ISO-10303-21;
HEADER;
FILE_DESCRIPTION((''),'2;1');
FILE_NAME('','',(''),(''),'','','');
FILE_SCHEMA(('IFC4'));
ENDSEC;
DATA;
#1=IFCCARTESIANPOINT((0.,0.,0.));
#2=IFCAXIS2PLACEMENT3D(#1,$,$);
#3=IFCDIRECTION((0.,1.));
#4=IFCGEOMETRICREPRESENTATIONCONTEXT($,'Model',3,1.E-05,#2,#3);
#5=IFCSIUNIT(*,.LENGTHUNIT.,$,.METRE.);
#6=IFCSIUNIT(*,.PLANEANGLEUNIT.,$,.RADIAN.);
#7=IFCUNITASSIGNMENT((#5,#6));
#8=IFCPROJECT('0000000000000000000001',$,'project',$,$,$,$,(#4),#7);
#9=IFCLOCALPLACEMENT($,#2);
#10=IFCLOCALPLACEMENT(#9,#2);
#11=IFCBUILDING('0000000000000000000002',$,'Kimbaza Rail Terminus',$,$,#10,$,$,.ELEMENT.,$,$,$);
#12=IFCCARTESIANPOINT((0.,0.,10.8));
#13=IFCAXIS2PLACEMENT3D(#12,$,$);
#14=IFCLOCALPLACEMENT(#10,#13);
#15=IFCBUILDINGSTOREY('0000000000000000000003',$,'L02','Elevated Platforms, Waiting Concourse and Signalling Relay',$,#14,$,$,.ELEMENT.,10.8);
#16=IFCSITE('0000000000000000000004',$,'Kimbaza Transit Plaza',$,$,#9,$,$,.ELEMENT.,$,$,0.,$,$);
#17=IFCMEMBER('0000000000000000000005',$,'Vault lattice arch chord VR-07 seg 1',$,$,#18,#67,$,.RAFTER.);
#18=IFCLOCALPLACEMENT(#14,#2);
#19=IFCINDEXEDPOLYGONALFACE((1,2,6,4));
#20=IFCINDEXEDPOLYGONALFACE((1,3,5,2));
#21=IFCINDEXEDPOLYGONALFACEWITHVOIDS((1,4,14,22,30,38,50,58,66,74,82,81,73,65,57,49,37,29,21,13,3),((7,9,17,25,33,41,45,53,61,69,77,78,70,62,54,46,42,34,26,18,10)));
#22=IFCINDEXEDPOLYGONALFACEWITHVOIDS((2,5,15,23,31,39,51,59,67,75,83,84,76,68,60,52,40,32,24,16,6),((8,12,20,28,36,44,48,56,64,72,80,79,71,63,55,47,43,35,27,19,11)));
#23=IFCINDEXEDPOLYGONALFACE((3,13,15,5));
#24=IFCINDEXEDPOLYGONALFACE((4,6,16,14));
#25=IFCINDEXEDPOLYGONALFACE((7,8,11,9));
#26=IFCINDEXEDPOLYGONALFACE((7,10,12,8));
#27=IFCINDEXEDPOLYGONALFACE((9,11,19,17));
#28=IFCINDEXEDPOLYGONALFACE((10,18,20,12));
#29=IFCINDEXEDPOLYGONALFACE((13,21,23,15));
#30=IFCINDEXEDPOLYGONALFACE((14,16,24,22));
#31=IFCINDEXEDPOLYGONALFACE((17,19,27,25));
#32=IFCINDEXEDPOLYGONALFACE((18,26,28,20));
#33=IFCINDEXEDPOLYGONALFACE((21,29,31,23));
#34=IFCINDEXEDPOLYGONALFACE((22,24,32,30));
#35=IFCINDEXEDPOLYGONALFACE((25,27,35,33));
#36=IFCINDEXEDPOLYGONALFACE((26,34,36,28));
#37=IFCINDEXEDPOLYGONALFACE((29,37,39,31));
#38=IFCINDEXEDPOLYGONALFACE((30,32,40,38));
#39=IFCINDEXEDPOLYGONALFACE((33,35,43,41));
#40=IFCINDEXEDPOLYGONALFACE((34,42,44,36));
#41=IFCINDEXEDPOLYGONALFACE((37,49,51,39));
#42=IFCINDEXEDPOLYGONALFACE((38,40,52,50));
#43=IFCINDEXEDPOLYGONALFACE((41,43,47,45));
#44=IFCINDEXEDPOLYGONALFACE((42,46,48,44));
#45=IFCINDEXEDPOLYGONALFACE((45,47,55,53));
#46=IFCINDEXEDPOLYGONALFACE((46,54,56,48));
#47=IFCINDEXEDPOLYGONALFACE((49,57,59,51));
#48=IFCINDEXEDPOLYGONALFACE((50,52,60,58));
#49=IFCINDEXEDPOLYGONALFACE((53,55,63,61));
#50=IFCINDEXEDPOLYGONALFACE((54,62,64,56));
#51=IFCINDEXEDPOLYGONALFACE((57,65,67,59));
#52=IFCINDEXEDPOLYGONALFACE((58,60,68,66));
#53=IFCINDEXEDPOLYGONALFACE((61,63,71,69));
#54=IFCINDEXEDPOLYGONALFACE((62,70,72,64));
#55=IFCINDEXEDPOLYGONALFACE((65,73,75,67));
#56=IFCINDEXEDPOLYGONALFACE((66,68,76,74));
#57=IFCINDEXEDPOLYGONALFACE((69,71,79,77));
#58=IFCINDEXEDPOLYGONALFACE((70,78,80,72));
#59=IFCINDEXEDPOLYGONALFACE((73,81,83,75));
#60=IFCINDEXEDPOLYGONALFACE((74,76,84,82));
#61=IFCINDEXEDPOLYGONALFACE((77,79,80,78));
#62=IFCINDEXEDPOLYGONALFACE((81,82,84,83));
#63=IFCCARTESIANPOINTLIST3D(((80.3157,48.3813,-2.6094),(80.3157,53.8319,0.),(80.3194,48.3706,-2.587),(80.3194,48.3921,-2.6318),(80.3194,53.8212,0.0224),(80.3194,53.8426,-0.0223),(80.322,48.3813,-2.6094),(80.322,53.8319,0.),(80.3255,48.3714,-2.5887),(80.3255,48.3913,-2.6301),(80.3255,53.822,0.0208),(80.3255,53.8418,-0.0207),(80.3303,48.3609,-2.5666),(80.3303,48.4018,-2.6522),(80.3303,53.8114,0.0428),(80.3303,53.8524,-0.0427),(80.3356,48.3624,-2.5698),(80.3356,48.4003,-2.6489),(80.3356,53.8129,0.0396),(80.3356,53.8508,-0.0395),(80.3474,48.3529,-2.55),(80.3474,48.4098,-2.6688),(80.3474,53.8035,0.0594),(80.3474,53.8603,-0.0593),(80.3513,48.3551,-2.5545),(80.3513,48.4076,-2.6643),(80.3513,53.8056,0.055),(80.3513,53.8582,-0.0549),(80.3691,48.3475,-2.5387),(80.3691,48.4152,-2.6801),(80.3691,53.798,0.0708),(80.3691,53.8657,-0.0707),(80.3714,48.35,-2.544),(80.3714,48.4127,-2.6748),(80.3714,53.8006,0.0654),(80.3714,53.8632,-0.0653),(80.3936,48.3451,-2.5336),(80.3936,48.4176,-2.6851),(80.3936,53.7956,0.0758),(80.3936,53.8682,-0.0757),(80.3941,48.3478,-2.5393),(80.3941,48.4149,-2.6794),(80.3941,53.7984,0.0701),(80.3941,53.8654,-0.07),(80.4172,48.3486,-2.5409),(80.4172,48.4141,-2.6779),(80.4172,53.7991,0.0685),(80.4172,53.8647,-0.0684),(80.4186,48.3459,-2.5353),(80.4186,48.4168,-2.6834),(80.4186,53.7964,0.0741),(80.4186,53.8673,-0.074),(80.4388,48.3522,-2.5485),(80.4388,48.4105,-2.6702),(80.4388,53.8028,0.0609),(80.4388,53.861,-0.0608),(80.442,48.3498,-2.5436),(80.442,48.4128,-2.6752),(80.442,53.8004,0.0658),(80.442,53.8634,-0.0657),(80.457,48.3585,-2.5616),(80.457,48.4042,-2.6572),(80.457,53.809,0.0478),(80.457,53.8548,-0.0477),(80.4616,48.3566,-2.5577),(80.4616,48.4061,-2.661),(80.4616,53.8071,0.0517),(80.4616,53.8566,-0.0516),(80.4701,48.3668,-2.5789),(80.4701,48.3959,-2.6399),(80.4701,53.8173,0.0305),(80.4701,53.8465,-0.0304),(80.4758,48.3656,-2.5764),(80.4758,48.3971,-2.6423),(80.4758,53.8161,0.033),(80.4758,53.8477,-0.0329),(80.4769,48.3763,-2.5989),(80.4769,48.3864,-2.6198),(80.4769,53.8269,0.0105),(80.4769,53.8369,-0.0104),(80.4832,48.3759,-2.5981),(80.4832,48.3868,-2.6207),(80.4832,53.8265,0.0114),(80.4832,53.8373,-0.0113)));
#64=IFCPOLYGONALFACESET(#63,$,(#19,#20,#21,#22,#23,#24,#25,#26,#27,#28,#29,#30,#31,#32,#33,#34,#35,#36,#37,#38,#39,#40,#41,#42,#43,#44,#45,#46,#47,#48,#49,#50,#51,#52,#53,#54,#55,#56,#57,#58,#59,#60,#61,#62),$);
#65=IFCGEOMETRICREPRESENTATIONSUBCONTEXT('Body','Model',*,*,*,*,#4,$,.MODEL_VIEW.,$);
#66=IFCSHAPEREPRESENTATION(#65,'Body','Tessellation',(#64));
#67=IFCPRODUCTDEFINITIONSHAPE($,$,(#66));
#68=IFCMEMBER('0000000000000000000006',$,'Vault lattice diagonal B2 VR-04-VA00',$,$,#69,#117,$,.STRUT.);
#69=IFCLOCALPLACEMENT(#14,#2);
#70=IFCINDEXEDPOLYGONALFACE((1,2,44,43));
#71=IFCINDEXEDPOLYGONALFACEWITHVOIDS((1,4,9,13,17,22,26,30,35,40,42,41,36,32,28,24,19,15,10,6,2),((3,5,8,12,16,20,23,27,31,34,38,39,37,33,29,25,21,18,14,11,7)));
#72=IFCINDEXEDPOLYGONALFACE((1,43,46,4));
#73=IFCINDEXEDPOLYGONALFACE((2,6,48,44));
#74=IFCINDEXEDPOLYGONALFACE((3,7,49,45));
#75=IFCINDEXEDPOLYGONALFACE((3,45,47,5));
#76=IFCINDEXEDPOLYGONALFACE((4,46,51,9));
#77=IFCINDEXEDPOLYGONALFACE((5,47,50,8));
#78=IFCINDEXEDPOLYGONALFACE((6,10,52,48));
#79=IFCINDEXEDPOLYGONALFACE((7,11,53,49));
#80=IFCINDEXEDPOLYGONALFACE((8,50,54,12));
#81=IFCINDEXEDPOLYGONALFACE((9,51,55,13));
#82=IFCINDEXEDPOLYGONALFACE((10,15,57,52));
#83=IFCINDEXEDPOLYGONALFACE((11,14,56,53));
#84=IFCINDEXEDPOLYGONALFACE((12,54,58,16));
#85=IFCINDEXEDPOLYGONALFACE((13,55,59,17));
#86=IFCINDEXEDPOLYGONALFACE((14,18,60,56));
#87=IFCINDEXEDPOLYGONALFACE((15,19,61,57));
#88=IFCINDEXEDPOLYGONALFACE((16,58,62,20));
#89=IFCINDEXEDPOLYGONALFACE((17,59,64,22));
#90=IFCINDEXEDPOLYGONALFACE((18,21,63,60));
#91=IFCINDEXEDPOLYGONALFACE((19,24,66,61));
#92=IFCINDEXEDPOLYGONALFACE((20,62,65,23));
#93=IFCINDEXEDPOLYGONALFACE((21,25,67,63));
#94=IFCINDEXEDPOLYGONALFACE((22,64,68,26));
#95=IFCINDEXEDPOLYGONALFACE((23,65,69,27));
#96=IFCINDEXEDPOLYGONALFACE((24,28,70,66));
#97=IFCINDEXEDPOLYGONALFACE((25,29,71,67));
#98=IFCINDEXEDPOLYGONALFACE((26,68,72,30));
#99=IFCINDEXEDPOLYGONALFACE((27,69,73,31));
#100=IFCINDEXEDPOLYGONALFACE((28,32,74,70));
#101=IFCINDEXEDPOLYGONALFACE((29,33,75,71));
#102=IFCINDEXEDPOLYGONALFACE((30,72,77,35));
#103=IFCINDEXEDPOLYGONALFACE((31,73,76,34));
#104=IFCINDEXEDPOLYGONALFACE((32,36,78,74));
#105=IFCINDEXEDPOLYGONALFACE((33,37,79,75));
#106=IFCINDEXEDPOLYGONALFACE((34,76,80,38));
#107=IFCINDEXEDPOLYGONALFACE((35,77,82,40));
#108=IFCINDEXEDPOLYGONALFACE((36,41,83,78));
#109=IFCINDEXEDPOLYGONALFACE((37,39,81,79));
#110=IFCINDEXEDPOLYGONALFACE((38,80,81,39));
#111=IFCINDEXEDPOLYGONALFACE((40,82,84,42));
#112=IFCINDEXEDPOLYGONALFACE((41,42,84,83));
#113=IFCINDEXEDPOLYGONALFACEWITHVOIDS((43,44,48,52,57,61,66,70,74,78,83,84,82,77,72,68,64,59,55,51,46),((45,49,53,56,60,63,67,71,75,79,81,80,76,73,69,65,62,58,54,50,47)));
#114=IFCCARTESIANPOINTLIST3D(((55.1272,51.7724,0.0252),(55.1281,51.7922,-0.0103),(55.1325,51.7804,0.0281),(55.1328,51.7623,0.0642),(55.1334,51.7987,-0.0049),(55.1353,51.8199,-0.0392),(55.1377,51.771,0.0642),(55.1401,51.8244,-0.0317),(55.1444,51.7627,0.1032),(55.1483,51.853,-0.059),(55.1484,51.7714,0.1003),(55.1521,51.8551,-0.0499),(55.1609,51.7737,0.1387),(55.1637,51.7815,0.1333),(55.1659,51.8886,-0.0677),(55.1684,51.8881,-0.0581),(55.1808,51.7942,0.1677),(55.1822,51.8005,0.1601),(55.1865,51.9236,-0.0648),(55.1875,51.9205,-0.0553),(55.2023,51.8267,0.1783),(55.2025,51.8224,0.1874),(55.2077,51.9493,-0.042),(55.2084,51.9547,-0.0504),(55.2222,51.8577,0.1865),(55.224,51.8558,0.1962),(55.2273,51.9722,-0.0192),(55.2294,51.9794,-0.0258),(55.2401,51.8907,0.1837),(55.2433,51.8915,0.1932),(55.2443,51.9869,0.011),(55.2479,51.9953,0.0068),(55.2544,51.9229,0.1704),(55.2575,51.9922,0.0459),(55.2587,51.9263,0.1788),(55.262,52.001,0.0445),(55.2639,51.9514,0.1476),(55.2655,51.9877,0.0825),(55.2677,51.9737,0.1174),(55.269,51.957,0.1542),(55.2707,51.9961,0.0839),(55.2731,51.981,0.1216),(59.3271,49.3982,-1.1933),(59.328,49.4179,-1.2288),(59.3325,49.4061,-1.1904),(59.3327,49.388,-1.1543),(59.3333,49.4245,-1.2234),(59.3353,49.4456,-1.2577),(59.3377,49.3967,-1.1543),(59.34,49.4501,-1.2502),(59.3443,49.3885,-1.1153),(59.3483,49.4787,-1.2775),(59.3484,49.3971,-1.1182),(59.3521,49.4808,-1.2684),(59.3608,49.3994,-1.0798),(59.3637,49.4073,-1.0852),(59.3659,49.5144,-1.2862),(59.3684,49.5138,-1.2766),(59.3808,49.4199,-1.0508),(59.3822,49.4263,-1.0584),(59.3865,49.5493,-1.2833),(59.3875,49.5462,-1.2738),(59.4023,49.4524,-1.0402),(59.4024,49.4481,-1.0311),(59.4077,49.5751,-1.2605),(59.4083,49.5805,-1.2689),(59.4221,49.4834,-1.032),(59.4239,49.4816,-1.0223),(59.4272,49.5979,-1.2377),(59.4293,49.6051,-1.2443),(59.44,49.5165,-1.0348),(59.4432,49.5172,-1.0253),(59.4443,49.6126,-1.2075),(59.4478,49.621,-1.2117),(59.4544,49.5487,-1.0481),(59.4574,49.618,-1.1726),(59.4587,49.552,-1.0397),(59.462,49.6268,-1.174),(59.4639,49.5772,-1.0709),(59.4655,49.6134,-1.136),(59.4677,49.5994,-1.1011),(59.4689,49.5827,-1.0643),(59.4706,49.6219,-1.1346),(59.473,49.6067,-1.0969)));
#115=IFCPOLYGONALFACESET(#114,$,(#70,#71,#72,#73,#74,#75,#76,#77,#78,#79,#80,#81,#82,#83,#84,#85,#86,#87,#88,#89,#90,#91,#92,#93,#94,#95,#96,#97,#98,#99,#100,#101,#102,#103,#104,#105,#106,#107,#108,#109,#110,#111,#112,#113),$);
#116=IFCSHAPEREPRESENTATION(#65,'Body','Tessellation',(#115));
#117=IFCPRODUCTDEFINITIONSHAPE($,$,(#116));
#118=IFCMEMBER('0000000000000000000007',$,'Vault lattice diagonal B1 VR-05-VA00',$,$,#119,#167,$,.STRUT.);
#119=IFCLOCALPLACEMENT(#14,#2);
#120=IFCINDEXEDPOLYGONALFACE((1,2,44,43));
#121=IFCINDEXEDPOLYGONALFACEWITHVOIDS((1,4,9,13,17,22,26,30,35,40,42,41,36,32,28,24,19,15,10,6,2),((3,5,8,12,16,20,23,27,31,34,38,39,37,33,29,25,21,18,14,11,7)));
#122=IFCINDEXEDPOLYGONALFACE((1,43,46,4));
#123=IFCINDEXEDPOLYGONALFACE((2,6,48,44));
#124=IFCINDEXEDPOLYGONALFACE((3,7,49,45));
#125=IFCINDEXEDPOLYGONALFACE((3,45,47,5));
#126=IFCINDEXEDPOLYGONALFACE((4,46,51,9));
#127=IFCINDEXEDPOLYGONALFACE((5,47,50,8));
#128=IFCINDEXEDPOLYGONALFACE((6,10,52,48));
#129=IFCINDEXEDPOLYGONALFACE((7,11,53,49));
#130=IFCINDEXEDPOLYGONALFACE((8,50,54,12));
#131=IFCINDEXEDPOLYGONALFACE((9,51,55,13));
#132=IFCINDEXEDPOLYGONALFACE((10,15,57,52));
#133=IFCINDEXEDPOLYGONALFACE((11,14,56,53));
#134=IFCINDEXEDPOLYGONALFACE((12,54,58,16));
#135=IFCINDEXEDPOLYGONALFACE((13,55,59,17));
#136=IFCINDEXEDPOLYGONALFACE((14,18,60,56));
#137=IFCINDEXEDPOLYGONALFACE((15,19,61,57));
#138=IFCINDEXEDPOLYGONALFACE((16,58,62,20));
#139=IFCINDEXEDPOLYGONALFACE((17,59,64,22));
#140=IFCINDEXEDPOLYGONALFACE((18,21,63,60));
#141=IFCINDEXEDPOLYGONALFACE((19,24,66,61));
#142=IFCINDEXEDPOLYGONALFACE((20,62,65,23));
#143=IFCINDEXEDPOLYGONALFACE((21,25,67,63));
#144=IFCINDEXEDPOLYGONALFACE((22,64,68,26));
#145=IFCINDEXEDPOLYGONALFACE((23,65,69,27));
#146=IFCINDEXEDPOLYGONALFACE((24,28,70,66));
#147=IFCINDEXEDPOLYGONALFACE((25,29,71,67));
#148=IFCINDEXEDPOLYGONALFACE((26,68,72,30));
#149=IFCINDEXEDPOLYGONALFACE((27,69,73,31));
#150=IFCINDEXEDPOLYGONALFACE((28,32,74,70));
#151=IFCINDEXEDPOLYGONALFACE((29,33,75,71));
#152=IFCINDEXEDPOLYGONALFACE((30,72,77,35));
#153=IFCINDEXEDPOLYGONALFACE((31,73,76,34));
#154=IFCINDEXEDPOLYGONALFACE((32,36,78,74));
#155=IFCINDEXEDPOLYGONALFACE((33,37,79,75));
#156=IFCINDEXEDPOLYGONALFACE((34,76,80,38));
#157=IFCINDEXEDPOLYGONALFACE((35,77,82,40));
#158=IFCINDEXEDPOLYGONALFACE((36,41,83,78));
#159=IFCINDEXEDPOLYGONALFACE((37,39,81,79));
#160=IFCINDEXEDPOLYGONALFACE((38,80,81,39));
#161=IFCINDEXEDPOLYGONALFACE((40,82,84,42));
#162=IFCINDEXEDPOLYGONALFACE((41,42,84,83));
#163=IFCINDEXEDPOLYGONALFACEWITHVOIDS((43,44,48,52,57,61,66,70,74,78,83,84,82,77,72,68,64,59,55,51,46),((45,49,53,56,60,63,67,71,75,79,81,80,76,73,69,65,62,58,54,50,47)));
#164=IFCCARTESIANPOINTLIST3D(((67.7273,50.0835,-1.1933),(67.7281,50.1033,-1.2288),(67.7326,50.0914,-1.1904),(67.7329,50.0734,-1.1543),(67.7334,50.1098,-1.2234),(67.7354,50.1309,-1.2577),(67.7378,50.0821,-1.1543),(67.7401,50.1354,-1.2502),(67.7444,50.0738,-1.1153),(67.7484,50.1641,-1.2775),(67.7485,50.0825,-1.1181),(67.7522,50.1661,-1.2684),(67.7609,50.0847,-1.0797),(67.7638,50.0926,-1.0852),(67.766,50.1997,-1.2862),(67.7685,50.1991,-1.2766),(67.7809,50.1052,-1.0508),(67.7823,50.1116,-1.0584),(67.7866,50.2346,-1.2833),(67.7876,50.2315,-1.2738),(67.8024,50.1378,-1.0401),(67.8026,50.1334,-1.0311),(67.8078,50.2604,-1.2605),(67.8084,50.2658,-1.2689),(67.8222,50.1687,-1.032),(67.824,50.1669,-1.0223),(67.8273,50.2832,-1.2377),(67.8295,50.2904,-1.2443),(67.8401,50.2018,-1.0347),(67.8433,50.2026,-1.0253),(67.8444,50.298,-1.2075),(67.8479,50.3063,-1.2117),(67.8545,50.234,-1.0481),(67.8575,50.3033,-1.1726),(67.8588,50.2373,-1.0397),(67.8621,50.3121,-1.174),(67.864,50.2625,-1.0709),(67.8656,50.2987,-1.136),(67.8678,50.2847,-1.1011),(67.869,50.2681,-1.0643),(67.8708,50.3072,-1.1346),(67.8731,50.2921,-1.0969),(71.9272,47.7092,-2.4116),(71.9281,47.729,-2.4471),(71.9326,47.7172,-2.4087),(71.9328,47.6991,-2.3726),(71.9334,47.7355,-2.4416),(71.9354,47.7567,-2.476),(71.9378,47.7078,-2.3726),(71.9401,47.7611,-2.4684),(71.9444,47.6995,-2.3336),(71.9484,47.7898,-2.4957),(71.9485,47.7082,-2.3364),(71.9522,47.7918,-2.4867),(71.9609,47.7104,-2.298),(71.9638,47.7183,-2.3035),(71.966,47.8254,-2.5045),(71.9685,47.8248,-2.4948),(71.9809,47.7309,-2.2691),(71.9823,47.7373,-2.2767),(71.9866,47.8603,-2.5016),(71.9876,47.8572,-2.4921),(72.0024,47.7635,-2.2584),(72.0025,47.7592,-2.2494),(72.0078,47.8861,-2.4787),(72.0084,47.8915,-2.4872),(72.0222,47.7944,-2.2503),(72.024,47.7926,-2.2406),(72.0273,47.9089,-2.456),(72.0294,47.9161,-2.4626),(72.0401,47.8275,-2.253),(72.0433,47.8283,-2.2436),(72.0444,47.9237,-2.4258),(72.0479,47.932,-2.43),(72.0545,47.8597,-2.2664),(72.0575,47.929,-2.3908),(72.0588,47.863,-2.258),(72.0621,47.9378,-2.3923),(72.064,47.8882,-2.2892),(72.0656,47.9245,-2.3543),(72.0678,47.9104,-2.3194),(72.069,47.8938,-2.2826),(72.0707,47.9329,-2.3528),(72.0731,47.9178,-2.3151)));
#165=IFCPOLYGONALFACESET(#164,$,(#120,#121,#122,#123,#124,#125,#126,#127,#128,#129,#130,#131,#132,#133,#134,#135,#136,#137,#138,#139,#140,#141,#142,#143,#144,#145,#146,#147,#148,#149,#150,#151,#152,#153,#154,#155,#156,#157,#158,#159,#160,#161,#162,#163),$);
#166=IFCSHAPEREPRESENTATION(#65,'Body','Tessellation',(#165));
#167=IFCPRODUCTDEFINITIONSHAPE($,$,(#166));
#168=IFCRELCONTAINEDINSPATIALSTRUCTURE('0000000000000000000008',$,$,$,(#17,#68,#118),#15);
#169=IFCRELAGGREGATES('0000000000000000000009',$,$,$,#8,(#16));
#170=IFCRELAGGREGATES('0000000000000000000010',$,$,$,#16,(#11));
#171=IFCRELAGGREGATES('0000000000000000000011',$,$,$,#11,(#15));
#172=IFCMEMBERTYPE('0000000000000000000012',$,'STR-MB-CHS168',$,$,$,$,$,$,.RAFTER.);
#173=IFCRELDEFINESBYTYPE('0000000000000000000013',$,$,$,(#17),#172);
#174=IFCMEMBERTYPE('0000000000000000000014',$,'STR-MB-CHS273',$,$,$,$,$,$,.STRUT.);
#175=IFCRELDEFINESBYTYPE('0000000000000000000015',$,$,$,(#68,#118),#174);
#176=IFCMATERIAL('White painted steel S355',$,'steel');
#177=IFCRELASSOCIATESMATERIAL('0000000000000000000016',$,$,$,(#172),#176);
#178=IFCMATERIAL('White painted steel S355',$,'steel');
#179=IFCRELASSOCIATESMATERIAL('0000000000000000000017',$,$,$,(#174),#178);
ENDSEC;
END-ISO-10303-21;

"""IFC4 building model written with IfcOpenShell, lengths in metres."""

from ifc_helpers import new_model, si_unit, direction, frame, origin, origin_2d, place, context, subcontext, project, spatial, hollow_circle, extrude, material, material_profile, profile_set, type_object, element, save


model = new_model("IFC4")

# Units and contexts
model_context = context("Model", 3, precision=1e-05, world=origin(), true_north=direction((0.0, 1.0)))
body_context = subcontext(model_context, "Body", "Model", "MODEL_VIEW")
ifc_project = project(units=[si_unit("LENGTHUNIT", "METRE"), si_unit("PLANEANGLEUNIT", "RADIAN")], contexts=[model_context])

# Site, building, storey
site_placement = place(None, origin())
site = spatial("IfcSite", under=ifc_project, at=site_placement, Name="Kimbaza Transit Plaza", CompositionType="ELEMENT", RefElevation=0.0)
building_placement = place(site_placement, origin())
building = spatial("IfcBuilding", under=site, at=building_placement, Name="Kimbaza Rail Terminus", CompositionType="ELEMENT")
storey_placement = place(building_placement, frame((0.0, 0.0, 10.8)))
storey = spatial("IfcBuildingStorey", under=building, at=storey_placement, Name="L02", Description="Elevated Platforms, Waiting Concourse and Signalling Relay", CompositionType="ELEMENT", Elevation=10.8)

# Members
ifc_material_1 = material(Name="White painted steel S355", Category="steel")
ifc_material_profile_1 = material_profile(ifc_material_1, hollow_circle(Radius=0.0842, WallThickness=0.0063, at=origin_2d()), Name="CHS 168.3x6.3")
ifc_profile_set_1 = profile_set([ifc_material_profile_1], Name="White painted steel S355")
member_type_1 = type_object("IfcMemberType", Name="STR-MB-CHS168", PredefinedType="RAFTER", material=ifc_profile_set_1)
for number, where, z_axis, x_axis, name in (
    (1, (80.3999, 48.3813, -2.6094), (0.0, 0.901964, 0.431811), (-1.0, 0.0, 0.0), "Vault lattice arch chord VR-07 seg 1"),
):
    element("IfcMember", number, at=place(storey_placement, frame(where, z_axis=z_axis, x_axis=x_axis)), inside=storey, type_object=member_type_1, Name=name, PredefinedType="RAFTER", context=body_context, shape_type="SweptSolid", body=[
        extrude(hollow_circle(Radius=0.0842, WallThickness=0.0063, at=origin_2d()), origin(), (0.0, 0.0, 1.0), 6.043),
    ])
ifc_material_2 = material(Name="White painted steel S355", Category="steel")
ifc_material_profile_2 = material_profile(ifc_material_2, hollow_circle(Radius=0.1365, WallThickness=0.01, at=origin_2d()), Name="CHS 273x10")
ifc_profile_set_2 = profile_set([ifc_material_profile_2], Name="White painted steel S355")
member_type_2 = type_object("IfcMemberType", Name="STR-MB-CHS273", PredefinedType="STRUT", material=ifc_profile_set_2)
for number, where, z_axis, x_axis, name in (
    (2, (59.3999, 49.5068, -1.1543), (-0.844026, 0.477135, 0.244872), (-0.492117, -0.870529, 0.0), "Vault lattice diagonal B2 VR-04-VA00"),
    (3, (72.0, 47.8179, -2.3726), (-0.844036, 0.477141, 0.244826), (-0.492117, -0.870529, 0.0), "Vault lattice diagonal B1 VR-05-VA00"),
):
    element("IfcMember", number, at=place(storey_placement, frame(where, z_axis=z_axis, x_axis=x_axis)), inside=storey, type_object=member_type_2, Name=name, PredefinedType="STRUT", context=body_context, shape_type="SweptSolid", body=[
        extrude(hollow_circle(Radius=0.1365, WallThickness=0.01, at=origin_2d()), origin(), (0.0, 0.0, 1.0), 4.9761),
    ])

save(model, "model.ifc")
